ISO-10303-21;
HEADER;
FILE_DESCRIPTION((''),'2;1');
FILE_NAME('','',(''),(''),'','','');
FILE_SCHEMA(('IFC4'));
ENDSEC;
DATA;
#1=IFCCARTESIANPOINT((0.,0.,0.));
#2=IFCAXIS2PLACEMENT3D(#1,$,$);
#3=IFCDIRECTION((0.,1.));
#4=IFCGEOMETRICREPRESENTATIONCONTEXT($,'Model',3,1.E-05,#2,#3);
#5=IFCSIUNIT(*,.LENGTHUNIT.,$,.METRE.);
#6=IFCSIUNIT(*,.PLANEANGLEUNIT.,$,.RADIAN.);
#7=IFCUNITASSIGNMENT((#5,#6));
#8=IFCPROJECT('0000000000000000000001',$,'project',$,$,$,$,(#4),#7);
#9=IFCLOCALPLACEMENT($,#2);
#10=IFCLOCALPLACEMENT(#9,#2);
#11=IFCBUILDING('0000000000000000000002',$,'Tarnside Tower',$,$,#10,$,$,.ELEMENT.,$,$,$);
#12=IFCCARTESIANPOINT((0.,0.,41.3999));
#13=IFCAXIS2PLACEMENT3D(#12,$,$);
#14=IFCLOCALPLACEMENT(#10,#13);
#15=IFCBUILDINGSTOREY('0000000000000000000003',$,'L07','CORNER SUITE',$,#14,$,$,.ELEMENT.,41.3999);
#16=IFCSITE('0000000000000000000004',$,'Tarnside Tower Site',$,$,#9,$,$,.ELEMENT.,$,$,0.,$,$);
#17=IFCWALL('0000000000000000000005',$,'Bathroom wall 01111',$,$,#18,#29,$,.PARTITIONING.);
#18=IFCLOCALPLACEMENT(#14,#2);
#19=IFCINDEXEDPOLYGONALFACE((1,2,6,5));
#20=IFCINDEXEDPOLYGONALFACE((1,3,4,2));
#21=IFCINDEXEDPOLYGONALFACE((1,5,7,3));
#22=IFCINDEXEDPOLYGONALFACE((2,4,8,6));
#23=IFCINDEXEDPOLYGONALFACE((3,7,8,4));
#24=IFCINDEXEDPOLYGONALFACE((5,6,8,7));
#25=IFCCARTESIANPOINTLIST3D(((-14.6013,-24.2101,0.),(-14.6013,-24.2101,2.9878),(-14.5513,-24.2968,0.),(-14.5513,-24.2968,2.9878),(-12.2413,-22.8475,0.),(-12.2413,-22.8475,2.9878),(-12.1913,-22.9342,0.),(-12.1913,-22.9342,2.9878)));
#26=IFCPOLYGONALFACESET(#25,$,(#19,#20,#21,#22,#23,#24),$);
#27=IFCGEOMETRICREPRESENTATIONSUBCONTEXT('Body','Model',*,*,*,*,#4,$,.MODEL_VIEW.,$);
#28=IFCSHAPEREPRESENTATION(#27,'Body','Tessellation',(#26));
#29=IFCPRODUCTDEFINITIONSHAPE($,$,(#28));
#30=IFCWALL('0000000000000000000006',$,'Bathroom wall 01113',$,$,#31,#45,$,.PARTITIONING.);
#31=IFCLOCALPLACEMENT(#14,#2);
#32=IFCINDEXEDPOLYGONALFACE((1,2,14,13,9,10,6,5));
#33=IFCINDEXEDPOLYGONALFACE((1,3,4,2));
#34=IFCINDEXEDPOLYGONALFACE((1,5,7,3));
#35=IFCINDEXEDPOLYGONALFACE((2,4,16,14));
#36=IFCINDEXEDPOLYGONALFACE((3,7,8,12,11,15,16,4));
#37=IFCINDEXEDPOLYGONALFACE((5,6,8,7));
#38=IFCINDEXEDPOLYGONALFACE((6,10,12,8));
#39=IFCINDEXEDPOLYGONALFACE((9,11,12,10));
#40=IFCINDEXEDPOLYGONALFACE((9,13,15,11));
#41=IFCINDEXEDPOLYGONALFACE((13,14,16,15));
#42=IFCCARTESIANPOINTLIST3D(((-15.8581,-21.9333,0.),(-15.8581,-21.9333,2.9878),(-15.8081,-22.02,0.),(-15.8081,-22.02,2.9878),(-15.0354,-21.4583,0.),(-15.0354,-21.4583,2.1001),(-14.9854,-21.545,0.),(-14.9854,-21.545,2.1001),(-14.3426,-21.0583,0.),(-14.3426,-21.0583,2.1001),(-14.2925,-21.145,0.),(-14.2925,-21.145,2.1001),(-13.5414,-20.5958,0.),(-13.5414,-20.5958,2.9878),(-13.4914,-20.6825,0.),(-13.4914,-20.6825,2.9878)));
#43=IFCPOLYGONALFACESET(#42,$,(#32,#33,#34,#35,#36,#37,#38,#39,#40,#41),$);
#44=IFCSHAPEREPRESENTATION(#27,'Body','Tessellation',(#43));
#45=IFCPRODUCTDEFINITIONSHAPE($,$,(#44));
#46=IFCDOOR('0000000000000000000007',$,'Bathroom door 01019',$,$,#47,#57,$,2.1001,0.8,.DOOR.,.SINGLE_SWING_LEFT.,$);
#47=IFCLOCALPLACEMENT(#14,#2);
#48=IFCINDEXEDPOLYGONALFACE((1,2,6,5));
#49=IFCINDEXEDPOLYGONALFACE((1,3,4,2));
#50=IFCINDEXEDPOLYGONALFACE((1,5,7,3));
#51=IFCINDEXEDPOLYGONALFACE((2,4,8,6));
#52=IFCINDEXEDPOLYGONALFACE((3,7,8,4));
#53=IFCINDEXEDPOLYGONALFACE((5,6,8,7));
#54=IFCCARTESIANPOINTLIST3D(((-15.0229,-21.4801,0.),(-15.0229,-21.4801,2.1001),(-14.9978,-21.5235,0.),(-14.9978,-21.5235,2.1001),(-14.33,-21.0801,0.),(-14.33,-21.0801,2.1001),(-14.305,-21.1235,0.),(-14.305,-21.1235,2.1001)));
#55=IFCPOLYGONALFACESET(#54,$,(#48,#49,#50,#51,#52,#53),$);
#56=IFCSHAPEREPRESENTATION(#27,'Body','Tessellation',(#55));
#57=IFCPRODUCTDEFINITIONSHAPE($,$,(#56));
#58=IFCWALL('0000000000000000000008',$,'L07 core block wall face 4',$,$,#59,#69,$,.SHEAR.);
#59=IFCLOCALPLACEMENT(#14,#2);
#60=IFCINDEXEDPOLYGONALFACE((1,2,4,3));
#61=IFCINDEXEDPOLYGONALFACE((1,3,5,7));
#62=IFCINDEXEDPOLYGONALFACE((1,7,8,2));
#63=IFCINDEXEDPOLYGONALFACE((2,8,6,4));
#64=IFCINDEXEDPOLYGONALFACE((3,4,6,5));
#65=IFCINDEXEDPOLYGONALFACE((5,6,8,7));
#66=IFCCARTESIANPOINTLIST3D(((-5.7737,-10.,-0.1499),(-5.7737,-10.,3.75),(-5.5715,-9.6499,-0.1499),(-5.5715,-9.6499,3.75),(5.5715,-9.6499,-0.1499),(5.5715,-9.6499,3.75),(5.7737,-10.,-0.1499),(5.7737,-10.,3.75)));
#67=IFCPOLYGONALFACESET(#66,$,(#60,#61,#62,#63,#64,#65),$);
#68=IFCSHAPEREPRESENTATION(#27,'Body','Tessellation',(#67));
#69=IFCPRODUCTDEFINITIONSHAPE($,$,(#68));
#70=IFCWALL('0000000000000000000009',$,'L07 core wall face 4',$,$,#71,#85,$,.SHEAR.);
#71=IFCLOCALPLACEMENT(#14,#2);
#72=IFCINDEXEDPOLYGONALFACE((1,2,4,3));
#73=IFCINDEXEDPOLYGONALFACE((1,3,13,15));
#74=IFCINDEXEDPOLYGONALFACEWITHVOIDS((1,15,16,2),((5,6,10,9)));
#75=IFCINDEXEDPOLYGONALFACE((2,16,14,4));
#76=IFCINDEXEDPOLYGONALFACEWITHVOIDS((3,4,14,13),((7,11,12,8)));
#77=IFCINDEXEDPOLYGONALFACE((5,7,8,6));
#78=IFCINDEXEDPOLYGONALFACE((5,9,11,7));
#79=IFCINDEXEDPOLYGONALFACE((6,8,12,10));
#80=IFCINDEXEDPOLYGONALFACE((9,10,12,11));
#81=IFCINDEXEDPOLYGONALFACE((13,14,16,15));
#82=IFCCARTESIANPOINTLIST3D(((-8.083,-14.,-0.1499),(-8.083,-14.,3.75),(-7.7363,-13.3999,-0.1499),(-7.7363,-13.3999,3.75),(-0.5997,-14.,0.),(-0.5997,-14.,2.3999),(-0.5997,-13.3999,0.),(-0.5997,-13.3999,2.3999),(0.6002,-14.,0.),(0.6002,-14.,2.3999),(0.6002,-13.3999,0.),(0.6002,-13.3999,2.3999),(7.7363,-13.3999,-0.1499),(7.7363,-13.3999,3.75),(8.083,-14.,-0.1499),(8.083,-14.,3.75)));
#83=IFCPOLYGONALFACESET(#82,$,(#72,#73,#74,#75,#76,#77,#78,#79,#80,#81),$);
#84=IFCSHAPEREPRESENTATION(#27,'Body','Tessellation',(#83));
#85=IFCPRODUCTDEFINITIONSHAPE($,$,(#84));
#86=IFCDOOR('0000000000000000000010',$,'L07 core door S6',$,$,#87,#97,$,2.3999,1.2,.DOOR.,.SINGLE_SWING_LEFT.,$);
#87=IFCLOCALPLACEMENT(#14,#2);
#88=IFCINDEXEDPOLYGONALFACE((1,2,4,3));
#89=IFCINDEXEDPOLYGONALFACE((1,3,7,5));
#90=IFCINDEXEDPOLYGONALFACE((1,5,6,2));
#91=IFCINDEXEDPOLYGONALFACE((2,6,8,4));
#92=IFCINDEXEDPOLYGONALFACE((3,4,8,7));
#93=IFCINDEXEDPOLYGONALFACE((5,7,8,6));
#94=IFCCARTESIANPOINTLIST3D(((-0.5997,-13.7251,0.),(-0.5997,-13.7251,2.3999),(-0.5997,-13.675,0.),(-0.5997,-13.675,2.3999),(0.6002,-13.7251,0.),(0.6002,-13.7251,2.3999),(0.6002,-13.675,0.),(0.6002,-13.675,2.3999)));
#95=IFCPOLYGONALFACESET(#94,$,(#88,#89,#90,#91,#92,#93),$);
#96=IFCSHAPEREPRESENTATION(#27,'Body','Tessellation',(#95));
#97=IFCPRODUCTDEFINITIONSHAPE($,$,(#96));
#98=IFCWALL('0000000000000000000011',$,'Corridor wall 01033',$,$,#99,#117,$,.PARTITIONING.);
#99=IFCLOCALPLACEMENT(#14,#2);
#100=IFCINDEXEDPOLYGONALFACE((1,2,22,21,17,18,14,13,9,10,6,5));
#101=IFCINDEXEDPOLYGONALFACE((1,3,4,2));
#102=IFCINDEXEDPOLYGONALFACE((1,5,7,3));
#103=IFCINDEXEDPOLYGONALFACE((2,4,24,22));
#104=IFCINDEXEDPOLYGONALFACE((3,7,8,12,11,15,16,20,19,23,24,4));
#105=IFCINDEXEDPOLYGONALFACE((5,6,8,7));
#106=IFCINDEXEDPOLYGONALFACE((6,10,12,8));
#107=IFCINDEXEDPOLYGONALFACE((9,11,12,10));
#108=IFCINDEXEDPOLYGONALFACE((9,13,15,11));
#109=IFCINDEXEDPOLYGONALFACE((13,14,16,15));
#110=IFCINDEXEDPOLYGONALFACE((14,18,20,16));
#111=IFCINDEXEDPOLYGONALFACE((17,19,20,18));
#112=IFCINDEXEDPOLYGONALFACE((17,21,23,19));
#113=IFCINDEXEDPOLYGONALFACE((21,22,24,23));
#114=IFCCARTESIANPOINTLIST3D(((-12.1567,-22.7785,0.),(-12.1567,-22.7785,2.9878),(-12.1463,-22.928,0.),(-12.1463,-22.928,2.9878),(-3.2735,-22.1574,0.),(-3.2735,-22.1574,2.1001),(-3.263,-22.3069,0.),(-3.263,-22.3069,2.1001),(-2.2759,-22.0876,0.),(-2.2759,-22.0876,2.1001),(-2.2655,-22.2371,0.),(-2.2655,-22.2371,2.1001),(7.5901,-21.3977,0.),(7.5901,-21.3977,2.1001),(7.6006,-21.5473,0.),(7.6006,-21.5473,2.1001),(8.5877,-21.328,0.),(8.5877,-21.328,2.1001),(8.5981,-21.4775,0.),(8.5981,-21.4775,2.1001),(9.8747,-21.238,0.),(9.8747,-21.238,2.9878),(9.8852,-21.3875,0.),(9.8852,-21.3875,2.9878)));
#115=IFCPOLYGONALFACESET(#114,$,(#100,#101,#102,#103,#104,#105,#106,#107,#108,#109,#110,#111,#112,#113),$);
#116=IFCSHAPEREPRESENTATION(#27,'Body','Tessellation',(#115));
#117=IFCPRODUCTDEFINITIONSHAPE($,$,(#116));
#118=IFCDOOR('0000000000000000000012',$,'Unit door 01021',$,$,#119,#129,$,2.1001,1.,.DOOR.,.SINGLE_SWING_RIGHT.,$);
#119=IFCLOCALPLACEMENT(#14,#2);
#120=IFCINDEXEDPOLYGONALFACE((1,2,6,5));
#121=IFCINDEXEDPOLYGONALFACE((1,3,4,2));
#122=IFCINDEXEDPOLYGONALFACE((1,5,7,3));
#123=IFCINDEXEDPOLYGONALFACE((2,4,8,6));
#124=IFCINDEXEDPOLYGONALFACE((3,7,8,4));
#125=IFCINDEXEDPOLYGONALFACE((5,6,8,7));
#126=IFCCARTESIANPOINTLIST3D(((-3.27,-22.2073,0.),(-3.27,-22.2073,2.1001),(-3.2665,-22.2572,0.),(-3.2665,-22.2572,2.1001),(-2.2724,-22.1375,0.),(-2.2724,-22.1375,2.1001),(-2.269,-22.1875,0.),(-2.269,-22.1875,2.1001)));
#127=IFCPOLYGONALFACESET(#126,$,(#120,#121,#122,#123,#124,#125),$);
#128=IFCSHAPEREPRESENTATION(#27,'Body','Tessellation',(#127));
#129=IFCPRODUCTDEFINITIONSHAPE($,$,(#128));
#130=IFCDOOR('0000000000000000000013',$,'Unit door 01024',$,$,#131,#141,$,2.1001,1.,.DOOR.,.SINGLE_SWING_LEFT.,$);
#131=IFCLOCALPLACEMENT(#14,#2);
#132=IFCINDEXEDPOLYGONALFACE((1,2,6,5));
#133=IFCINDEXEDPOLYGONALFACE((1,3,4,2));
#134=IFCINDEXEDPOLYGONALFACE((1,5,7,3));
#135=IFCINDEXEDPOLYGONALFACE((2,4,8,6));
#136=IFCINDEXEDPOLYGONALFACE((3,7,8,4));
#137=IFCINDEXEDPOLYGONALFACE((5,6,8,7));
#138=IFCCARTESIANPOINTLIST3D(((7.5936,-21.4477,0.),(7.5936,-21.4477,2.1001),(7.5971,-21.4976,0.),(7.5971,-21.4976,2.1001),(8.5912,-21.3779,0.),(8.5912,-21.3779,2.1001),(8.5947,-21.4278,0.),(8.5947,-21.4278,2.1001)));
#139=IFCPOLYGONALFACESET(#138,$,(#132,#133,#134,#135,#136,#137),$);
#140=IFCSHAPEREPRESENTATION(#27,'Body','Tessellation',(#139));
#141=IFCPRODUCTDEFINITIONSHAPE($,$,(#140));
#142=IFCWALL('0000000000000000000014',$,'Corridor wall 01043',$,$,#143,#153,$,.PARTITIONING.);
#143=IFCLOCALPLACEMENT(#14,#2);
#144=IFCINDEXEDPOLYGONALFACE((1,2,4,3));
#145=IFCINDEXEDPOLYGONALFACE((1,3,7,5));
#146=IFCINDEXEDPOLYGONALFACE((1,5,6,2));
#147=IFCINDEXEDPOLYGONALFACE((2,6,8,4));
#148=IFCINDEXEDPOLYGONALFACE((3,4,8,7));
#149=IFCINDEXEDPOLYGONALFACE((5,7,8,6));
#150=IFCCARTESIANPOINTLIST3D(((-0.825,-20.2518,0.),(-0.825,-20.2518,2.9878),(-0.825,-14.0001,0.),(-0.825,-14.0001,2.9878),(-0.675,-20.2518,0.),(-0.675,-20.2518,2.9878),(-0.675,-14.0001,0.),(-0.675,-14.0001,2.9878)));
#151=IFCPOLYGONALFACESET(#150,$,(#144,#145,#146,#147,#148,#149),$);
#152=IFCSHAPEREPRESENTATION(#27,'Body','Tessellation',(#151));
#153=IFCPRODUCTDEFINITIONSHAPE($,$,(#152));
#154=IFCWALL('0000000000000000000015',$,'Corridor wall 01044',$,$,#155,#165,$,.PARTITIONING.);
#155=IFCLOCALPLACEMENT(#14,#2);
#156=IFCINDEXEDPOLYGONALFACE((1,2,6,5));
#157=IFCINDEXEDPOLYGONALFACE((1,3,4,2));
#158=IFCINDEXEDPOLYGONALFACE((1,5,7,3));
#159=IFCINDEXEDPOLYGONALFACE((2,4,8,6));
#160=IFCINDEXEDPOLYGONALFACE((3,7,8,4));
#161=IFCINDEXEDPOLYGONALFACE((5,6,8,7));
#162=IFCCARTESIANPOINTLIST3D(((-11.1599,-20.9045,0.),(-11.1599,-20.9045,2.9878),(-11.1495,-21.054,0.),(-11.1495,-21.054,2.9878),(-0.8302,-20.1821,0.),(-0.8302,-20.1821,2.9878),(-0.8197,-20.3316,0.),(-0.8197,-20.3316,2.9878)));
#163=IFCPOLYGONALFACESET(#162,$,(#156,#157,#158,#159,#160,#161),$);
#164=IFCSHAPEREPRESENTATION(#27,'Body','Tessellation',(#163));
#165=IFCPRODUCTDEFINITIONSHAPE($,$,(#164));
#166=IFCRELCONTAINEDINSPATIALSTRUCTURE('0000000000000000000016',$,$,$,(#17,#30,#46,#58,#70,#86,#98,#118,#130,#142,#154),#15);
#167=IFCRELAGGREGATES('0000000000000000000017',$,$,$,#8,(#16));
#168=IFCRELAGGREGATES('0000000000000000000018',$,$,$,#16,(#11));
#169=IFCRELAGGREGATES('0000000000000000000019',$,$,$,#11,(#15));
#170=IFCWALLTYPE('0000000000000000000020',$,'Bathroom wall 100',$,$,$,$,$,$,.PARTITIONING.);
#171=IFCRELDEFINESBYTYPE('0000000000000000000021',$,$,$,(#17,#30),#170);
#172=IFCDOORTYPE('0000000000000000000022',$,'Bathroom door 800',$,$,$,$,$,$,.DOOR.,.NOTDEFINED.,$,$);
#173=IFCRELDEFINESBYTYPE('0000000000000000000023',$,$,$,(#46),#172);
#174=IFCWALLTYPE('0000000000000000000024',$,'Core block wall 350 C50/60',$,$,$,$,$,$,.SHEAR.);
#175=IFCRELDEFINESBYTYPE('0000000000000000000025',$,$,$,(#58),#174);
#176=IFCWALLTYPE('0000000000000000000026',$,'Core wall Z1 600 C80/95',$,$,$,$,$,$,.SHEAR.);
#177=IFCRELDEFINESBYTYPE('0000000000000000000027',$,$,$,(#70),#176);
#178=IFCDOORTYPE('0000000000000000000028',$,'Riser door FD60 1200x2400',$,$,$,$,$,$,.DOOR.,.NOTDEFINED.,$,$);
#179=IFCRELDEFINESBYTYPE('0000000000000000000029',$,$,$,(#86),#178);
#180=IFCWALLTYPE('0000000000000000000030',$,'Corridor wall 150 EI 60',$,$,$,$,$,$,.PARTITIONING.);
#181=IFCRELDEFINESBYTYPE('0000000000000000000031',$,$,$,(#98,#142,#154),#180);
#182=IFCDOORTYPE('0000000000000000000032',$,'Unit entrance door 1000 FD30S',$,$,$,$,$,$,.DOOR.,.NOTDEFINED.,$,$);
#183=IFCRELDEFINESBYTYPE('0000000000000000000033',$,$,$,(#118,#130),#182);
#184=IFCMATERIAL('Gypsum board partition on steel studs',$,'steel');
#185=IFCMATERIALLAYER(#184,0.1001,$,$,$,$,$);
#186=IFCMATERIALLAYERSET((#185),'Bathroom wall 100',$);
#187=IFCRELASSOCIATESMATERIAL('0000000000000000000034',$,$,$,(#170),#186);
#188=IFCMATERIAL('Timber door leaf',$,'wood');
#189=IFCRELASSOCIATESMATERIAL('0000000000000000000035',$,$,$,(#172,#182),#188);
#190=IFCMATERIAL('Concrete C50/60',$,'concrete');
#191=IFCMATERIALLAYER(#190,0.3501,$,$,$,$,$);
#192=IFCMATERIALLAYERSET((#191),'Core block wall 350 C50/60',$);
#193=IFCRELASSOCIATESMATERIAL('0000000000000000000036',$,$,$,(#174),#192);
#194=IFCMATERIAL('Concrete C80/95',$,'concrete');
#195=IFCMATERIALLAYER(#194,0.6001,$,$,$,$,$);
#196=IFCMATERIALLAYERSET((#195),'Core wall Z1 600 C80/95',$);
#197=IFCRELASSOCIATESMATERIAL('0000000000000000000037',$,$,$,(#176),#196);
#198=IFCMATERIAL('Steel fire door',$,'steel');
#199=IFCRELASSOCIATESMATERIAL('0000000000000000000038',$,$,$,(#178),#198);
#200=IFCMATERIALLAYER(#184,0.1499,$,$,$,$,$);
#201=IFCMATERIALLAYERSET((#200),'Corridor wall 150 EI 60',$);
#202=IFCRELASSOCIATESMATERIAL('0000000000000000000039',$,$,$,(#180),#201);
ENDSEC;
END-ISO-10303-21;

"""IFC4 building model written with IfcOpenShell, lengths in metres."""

from ifc_helpers import new_model, si_unit, direction, frame, frame_2d, origin, place, context, subcontext, project, spatial, polyline, rectangle, outline, extrude, material, layer, layer_set, type_object, element, fill, save


model = new_model("IFC4")

# Units and contexts
model_context = context("Model", 3, precision=1e-05, world=origin(), true_north=direction((0.0, 1.0)))
body_context = subcontext(model_context, "Body", "Model", "MODEL_VIEW")
ifc_project = project(units=[si_unit("LENGTHUNIT", "METRE"), si_unit("PLANEANGLEUNIT", "RADIAN")], contexts=[model_context])

# Site, building, storey
site_placement = place(None, origin())
site = spatial("IfcSite", under=ifc_project, at=site_placement, Name="Tarnside Tower Site", CompositionType="ELEMENT", RefElevation=0.0)
building_placement = place(site_placement, origin())
building = spatial("IfcBuilding", under=site, at=building_placement, Name="Tarnside Tower", CompositionType="ELEMENT")
storey_placement = place(building_placement, frame((0.0, 0.0, 41.3999)))
storey = spatial("IfcBuildingStorey", under=building, at=storey_placement, Name="L07", Description="CORNER SUITE", CompositionType="ELEMENT", Elevation=41.3999)

# Wall
ifc_material_1 = material(Name="Gypsum board partition on steel studs", Category="steel")
ifc_layer_1 = layer(ifc_material_1, 0.1001)
ifc_layer_set_1 = layer_set([ifc_layer_1], Name="Bathroom wall 100")
wall_type_1 = type_object("IfcWallType", Name="Bathroom wall 100", PredefinedType="PARTITIONING", material=ifc_layer_set_1)
wall_1_placement = place(storey_placement, frame((-12.2163, -22.8909, 0.0), z_axis=(0.0, 0.0, 1.0), x_axis=(-0.866013, -0.500022, 0.0)))
element("IfcWall", 1, at=wall_1_placement, inside=storey, type_object=wall_type_1, Name="Bathroom wall 01111", PredefinedType="PARTITIONING", context=body_context, shape_type="SweptSolid", body=[
    extrude(rectangle(XDim=2.7251, YDim=0.1001, at=frame_2d((1.3625, 0.0))), origin(), (0.0, 0.0, 1.0), 2.9878),
])

# Wall, opening, door
wall_2_placement = place(storey_placement, frame((-15.833, -21.9766, 0.0), z_axis=(0.0, 0.0, 1.0), x_axis=(0.866044, 0.499967, 0.0)))
wall_2 = element("IfcWall", 2, at=wall_2_placement, inside=storey, type_object=wall_type_1, Name="Bathroom wall 01113", PredefinedType="PARTITIONING", context=body_context, shape_type="SweptSolid", body=[
    extrude(rectangle(XDim=2.675, YDim=0.1001, at=frame_2d((1.3374, 0.0))), origin(), (0.0, 0.0, 1.0), 2.9878),
])
opening_1_placement = place(wall_2_placement, frame((0.95, 0.0, 0.0)))
opening_1 = element("IfcOpeningElement", 3, at=opening_1_placement, cuts=wall_2, PredefinedType="OPENING", context=body_context, shape_type="SweptSolid", body=[
    extrude(rectangle(XDim=0.8, YDim=2.1001, at=frame_2d((0.3999, 1.05))), frame((0.0, 0.0601, 0.0), z_axis=(0.0, -1.0, 0.0), x_axis=(1.0, 0.0, 0.0)), (0.0, 0.0, 1.0), 0.1201),
])
ifc_material_2 = material(Name="Timber door leaf", Category="wood")
door_type_1 = type_object("IfcDoorType", Name="Bathroom door 800", OperationType="NOTDEFINED", PredefinedType="DOOR", material=ifc_material_2)
door_1_placement = place(opening_1_placement, origin())
door_1 = element("IfcDoor", 4, at=door_1_placement, inside=storey, type_object=door_type_1, Name="Bathroom door 01019", OperationType="SINGLE_SWING_LEFT", OverallHeight=2.1001, OverallWidth=0.8, PredefinedType="DOOR", context=body_context, shape_type="SweptSolid", body=[
    extrude(rectangle(XDim=0.8, YDim=2.1001, at=frame_2d((0.3999, 1.05))), frame((0.0, 0.0249, 0.0), z_axis=(0.0, -1.0, 0.0), x_axis=(1.0, 0.0, 0.0)), (0.0, 0.0, 1.0), 0.05),
])
fill(opening_1, door_1)

# Wall
ifc_material_3 = material(Name="Concrete C50/60", Category="concrete")
ifc_layer_2 = layer(ifc_material_3, 0.3501)
ifc_layer_set_2 = layer_set([ifc_layer_2], Name="Core block wall 350 C50/60")
wall_type_2 = type_object("IfcWallType", Name="Core block wall 350 C50/60", PredefinedType="SHEAR", material=ifc_layer_set_2)
wall_3_placement = place(storey_placement, frame((-5.6726, -9.825, -0.1499), z_axis=(0.0, 0.0, 1.0), x_axis=(1.0, 0.0, 0.0)))
element("IfcWall", 5, at=wall_3_placement, inside=storey, type_object=wall_type_2, Name="L07 core block wall face 4", PredefinedType="SHEAR", context=body_context, shape_type="SweptSolid", body=[
    extrude(outline(polyline([(-0.1011, -0.175), (11.4463, -0.175), (11.2441, 0.175), (0.1011, 0.175), (-0.1011, -0.175)])), origin(), (0.0, 0.0, 1.0), 3.8999),
])

# Wall, opening, door
ifc_material_4 = material(Name="Concrete C80/95", Category="concrete")
ifc_layer_3 = layer(ifc_material_4, 0.6001)
ifc_layer_set_3 = layer_set([ifc_layer_3], Name="Core wall Z1 600 C80/95")
wall_type_3 = type_object("IfcWallType", Name="Core wall Z1 600 C80/95", PredefinedType="SHEAR", material=ifc_layer_set_3)
wall_4_placement = place(storey_placement, frame((-7.9097, -13.7, -0.1499), z_axis=(0.0, 0.0, 1.0), x_axis=(1.0, 0.0, 0.0)))
wall_4 = element("IfcWall", 6, at=wall_4_placement, inside=storey, type_object=wall_type_3, Name="L07 core wall face 4", PredefinedType="SHEAR", context=body_context, shape_type="SweptSolid", body=[
    extrude(outline(polyline([(-0.1733, -0.3), (15.9927, -0.3), (15.646, 0.3), (0.1733, 0.3), (-0.1733, -0.3)])), origin(), (0.0, 0.0, 1.0), 3.8999),
])
opening_2_placement = place(wall_4_placement, frame((7.3098, 0.0, 0.1499)))
opening_2 = element("IfcOpeningElement", 7, at=opening_2_placement, cuts=wall_4, PredefinedType="OPENING", context=body_context, shape_type="SweptSolid", body=[
    extrude(rectangle(XDim=1.2, YDim=2.3999, at=frame_2d((0.6001, 1.2))), frame((0.0, 0.3101, 0.0), z_axis=(0.0, -1.0, 0.0), x_axis=(1.0, 0.0, 0.0)), (0.0, 0.0, 1.0), 0.6201),
])
ifc_material_5 = material(Name="Steel fire door", Category="steel")
door_type_2 = type_object("IfcDoorType", Name="Riser door FD60 1200x2400", OperationType="NOTDEFINED", PredefinedType="DOOR", material=ifc_material_5)
door_2_placement = place(opening_2_placement, origin())
door_2 = element("IfcDoor", 8, at=door_2_placement, inside=storey, type_object=door_type_2, Name="L07 core door S6", OperationType="SINGLE_SWING_LEFT", OverallHeight=2.3999, OverallWidth=1.2, PredefinedType="DOOR", context=body_context, shape_type="SweptSolid", body=[
    extrude(rectangle(XDim=1.2, YDim=2.3999, at=frame_2d((0.6001, 1.2))), frame((0.0, 0.0249, 0.0), z_axis=(0.0, -1.0, 0.0), x_axis=(1.0, 0.0, 0.0)), (0.0, 0.0, 1.0), 0.05),
])
fill(opening_2, door_2)

# Wall, openings, doors
ifc_layer_4 = layer(ifc_material_1, 0.1499)
ifc_layer_set_4 = layer_set([ifc_layer_4], Name="Corridor wall 150 EI 60")
wall_type_4 = type_object("IfcWallType", Name="Corridor wall 150 EI 60", PredefinedType="PARTITIONING", material=ifc_layer_set_4)
wall_5_placement = place(storey_placement, frame((-12.1514, -22.8533, 0.0), z_axis=(0.0, 0.0, 1.0), x_axis=(0.997564, 0.069754, 0.0)))
wall_5 = element("IfcWall", 9, at=wall_5_placement, inside=storey, type_object=wall_type_4, Name="Corridor wall 01033", PredefinedType="PARTITIONING", context=body_context, shape_type="SweptSolid", body=[
    extrude(rectangle(XDim=22.0852, YDim=0.1499, at=frame_2d((11.0425, 0.0))), origin(), (0.0, 0.0, 1.0), 2.9878),
])
opening_3_placement = place(wall_5_placement, frame((8.9048, 0.0, 0.0)))
opening_3 = element("IfcOpeningElement", 10, at=opening_3_placement, cuts=wall_5, PredefinedType="OPENING", context=body_context, shape_type="SweptSolid", body=[
    extrude(rectangle(XDim=1.0, YDim=2.1001, at=frame_2d((0.5, 1.05))), frame((0.0, 0.085, 0.0), z_axis=(0.0, -1.0, 0.0), x_axis=(1.0, 0.0, 0.0)), (0.0, 0.0, 1.0), 0.1699),
])
opening_4_placement = place(wall_5_placement, frame((19.7949, 0.0, 0.0)))
opening_4 = element("IfcOpeningElement", 11, at=opening_4_placement, cuts=wall_5, PredefinedType="OPENING", context=body_context, shape_type="SweptSolid", body=[
    extrude(rectangle(XDim=1.0, YDim=2.1001, at=frame_2d((0.5, 1.05))), frame((0.0, 0.085, 0.0), z_axis=(0.0, -1.0, 0.0), x_axis=(1.0, 0.0, 0.0)), (0.0, 0.0, 1.0), 0.1699),
])
door_type_3 = type_object("IfcDoorType", Name="Unit entrance door 1000 FD30S", OperationType="NOTDEFINED", PredefinedType="DOOR", material=ifc_material_2)
door_3_placement = place(opening_3_placement, origin())
door_3 = element("IfcDoor", 12, at=door_3_placement, inside=storey, type_object=door_type_3, Name="Unit door 01021", OperationType="SINGLE_SWING_RIGHT", OverallHeight=2.1001, OverallWidth=1.0, PredefinedType="DOOR", context=body_context, shape_type="SweptSolid", body=[
    extrude(rectangle(XDim=1.0, YDim=2.1001, at=frame_2d((0.5, 1.05))), frame((0.0, 0.0249, 0.0), z_axis=(0.0, -1.0, 0.0), x_axis=(1.0, 0.0, 0.0)), (0.0, 0.0, 1.0), 0.05),
])
fill(opening_3, door_3)
door_4_placement = place(opening_4_placement, origin())
door_4 = element("IfcDoor", 13, at=door_4_placement, inside=storey, type_object=door_type_3, Name="Unit door 01024", OperationType="SINGLE_SWING_LEFT", OverallHeight=2.1001, OverallWidth=1.0, PredefinedType="DOOR", context=body_context, shape_type="SweptSolid", body=[
    extrude(rectangle(XDim=1.0, YDim=2.1001, at=frame_2d((0.5, 1.05))), frame((0.0, 0.0249, 0.0), z_axis=(0.0, -1.0, 0.0), x_axis=(1.0, 0.0, 0.0)), (0.0, 0.0, 1.0), 0.05),
])
fill(opening_4, door_4)

# Walls
wall_6_placement = place(storey_placement, frame((-0.75, -14.0, 0.0), z_axis=(0.0, 0.0, 1.0), x_axis=(0.0, -1.0, 0.0)))
element("IfcWall", 14, at=wall_6_placement, inside=storey, type_object=wall_type_4, Name="Corridor wall 01043", PredefinedType="PARTITIONING", context=body_context, shape_type="SweptSolid", body=[
    extrude(rectangle(XDim=6.2517, YDim=0.1499, at=frame_2d((3.126, 0.0))), origin(), (0.0, 0.0, 1.0), 2.9878),
])
wall_7_placement = place(storey_placement, frame((-0.825, -20.2568, 0.0), z_axis=(0.0, 0.0, 1.0), x_axis=(-0.997564, -0.069764, 0.0)))
element("IfcWall", 15, at=wall_7_placement, inside=storey, type_object=wall_type_4, Name="Corridor wall 01044", PredefinedType="PARTITIONING", context=body_context, shape_type="SweptSolid", body=[
    extrude(rectangle(XDim=10.355, YDim=0.1499, at=frame_2d((5.1775, 0.0))), origin(), (0.0, 0.0, 1.0), 2.9878),
])

save(model, "model.ifc")
